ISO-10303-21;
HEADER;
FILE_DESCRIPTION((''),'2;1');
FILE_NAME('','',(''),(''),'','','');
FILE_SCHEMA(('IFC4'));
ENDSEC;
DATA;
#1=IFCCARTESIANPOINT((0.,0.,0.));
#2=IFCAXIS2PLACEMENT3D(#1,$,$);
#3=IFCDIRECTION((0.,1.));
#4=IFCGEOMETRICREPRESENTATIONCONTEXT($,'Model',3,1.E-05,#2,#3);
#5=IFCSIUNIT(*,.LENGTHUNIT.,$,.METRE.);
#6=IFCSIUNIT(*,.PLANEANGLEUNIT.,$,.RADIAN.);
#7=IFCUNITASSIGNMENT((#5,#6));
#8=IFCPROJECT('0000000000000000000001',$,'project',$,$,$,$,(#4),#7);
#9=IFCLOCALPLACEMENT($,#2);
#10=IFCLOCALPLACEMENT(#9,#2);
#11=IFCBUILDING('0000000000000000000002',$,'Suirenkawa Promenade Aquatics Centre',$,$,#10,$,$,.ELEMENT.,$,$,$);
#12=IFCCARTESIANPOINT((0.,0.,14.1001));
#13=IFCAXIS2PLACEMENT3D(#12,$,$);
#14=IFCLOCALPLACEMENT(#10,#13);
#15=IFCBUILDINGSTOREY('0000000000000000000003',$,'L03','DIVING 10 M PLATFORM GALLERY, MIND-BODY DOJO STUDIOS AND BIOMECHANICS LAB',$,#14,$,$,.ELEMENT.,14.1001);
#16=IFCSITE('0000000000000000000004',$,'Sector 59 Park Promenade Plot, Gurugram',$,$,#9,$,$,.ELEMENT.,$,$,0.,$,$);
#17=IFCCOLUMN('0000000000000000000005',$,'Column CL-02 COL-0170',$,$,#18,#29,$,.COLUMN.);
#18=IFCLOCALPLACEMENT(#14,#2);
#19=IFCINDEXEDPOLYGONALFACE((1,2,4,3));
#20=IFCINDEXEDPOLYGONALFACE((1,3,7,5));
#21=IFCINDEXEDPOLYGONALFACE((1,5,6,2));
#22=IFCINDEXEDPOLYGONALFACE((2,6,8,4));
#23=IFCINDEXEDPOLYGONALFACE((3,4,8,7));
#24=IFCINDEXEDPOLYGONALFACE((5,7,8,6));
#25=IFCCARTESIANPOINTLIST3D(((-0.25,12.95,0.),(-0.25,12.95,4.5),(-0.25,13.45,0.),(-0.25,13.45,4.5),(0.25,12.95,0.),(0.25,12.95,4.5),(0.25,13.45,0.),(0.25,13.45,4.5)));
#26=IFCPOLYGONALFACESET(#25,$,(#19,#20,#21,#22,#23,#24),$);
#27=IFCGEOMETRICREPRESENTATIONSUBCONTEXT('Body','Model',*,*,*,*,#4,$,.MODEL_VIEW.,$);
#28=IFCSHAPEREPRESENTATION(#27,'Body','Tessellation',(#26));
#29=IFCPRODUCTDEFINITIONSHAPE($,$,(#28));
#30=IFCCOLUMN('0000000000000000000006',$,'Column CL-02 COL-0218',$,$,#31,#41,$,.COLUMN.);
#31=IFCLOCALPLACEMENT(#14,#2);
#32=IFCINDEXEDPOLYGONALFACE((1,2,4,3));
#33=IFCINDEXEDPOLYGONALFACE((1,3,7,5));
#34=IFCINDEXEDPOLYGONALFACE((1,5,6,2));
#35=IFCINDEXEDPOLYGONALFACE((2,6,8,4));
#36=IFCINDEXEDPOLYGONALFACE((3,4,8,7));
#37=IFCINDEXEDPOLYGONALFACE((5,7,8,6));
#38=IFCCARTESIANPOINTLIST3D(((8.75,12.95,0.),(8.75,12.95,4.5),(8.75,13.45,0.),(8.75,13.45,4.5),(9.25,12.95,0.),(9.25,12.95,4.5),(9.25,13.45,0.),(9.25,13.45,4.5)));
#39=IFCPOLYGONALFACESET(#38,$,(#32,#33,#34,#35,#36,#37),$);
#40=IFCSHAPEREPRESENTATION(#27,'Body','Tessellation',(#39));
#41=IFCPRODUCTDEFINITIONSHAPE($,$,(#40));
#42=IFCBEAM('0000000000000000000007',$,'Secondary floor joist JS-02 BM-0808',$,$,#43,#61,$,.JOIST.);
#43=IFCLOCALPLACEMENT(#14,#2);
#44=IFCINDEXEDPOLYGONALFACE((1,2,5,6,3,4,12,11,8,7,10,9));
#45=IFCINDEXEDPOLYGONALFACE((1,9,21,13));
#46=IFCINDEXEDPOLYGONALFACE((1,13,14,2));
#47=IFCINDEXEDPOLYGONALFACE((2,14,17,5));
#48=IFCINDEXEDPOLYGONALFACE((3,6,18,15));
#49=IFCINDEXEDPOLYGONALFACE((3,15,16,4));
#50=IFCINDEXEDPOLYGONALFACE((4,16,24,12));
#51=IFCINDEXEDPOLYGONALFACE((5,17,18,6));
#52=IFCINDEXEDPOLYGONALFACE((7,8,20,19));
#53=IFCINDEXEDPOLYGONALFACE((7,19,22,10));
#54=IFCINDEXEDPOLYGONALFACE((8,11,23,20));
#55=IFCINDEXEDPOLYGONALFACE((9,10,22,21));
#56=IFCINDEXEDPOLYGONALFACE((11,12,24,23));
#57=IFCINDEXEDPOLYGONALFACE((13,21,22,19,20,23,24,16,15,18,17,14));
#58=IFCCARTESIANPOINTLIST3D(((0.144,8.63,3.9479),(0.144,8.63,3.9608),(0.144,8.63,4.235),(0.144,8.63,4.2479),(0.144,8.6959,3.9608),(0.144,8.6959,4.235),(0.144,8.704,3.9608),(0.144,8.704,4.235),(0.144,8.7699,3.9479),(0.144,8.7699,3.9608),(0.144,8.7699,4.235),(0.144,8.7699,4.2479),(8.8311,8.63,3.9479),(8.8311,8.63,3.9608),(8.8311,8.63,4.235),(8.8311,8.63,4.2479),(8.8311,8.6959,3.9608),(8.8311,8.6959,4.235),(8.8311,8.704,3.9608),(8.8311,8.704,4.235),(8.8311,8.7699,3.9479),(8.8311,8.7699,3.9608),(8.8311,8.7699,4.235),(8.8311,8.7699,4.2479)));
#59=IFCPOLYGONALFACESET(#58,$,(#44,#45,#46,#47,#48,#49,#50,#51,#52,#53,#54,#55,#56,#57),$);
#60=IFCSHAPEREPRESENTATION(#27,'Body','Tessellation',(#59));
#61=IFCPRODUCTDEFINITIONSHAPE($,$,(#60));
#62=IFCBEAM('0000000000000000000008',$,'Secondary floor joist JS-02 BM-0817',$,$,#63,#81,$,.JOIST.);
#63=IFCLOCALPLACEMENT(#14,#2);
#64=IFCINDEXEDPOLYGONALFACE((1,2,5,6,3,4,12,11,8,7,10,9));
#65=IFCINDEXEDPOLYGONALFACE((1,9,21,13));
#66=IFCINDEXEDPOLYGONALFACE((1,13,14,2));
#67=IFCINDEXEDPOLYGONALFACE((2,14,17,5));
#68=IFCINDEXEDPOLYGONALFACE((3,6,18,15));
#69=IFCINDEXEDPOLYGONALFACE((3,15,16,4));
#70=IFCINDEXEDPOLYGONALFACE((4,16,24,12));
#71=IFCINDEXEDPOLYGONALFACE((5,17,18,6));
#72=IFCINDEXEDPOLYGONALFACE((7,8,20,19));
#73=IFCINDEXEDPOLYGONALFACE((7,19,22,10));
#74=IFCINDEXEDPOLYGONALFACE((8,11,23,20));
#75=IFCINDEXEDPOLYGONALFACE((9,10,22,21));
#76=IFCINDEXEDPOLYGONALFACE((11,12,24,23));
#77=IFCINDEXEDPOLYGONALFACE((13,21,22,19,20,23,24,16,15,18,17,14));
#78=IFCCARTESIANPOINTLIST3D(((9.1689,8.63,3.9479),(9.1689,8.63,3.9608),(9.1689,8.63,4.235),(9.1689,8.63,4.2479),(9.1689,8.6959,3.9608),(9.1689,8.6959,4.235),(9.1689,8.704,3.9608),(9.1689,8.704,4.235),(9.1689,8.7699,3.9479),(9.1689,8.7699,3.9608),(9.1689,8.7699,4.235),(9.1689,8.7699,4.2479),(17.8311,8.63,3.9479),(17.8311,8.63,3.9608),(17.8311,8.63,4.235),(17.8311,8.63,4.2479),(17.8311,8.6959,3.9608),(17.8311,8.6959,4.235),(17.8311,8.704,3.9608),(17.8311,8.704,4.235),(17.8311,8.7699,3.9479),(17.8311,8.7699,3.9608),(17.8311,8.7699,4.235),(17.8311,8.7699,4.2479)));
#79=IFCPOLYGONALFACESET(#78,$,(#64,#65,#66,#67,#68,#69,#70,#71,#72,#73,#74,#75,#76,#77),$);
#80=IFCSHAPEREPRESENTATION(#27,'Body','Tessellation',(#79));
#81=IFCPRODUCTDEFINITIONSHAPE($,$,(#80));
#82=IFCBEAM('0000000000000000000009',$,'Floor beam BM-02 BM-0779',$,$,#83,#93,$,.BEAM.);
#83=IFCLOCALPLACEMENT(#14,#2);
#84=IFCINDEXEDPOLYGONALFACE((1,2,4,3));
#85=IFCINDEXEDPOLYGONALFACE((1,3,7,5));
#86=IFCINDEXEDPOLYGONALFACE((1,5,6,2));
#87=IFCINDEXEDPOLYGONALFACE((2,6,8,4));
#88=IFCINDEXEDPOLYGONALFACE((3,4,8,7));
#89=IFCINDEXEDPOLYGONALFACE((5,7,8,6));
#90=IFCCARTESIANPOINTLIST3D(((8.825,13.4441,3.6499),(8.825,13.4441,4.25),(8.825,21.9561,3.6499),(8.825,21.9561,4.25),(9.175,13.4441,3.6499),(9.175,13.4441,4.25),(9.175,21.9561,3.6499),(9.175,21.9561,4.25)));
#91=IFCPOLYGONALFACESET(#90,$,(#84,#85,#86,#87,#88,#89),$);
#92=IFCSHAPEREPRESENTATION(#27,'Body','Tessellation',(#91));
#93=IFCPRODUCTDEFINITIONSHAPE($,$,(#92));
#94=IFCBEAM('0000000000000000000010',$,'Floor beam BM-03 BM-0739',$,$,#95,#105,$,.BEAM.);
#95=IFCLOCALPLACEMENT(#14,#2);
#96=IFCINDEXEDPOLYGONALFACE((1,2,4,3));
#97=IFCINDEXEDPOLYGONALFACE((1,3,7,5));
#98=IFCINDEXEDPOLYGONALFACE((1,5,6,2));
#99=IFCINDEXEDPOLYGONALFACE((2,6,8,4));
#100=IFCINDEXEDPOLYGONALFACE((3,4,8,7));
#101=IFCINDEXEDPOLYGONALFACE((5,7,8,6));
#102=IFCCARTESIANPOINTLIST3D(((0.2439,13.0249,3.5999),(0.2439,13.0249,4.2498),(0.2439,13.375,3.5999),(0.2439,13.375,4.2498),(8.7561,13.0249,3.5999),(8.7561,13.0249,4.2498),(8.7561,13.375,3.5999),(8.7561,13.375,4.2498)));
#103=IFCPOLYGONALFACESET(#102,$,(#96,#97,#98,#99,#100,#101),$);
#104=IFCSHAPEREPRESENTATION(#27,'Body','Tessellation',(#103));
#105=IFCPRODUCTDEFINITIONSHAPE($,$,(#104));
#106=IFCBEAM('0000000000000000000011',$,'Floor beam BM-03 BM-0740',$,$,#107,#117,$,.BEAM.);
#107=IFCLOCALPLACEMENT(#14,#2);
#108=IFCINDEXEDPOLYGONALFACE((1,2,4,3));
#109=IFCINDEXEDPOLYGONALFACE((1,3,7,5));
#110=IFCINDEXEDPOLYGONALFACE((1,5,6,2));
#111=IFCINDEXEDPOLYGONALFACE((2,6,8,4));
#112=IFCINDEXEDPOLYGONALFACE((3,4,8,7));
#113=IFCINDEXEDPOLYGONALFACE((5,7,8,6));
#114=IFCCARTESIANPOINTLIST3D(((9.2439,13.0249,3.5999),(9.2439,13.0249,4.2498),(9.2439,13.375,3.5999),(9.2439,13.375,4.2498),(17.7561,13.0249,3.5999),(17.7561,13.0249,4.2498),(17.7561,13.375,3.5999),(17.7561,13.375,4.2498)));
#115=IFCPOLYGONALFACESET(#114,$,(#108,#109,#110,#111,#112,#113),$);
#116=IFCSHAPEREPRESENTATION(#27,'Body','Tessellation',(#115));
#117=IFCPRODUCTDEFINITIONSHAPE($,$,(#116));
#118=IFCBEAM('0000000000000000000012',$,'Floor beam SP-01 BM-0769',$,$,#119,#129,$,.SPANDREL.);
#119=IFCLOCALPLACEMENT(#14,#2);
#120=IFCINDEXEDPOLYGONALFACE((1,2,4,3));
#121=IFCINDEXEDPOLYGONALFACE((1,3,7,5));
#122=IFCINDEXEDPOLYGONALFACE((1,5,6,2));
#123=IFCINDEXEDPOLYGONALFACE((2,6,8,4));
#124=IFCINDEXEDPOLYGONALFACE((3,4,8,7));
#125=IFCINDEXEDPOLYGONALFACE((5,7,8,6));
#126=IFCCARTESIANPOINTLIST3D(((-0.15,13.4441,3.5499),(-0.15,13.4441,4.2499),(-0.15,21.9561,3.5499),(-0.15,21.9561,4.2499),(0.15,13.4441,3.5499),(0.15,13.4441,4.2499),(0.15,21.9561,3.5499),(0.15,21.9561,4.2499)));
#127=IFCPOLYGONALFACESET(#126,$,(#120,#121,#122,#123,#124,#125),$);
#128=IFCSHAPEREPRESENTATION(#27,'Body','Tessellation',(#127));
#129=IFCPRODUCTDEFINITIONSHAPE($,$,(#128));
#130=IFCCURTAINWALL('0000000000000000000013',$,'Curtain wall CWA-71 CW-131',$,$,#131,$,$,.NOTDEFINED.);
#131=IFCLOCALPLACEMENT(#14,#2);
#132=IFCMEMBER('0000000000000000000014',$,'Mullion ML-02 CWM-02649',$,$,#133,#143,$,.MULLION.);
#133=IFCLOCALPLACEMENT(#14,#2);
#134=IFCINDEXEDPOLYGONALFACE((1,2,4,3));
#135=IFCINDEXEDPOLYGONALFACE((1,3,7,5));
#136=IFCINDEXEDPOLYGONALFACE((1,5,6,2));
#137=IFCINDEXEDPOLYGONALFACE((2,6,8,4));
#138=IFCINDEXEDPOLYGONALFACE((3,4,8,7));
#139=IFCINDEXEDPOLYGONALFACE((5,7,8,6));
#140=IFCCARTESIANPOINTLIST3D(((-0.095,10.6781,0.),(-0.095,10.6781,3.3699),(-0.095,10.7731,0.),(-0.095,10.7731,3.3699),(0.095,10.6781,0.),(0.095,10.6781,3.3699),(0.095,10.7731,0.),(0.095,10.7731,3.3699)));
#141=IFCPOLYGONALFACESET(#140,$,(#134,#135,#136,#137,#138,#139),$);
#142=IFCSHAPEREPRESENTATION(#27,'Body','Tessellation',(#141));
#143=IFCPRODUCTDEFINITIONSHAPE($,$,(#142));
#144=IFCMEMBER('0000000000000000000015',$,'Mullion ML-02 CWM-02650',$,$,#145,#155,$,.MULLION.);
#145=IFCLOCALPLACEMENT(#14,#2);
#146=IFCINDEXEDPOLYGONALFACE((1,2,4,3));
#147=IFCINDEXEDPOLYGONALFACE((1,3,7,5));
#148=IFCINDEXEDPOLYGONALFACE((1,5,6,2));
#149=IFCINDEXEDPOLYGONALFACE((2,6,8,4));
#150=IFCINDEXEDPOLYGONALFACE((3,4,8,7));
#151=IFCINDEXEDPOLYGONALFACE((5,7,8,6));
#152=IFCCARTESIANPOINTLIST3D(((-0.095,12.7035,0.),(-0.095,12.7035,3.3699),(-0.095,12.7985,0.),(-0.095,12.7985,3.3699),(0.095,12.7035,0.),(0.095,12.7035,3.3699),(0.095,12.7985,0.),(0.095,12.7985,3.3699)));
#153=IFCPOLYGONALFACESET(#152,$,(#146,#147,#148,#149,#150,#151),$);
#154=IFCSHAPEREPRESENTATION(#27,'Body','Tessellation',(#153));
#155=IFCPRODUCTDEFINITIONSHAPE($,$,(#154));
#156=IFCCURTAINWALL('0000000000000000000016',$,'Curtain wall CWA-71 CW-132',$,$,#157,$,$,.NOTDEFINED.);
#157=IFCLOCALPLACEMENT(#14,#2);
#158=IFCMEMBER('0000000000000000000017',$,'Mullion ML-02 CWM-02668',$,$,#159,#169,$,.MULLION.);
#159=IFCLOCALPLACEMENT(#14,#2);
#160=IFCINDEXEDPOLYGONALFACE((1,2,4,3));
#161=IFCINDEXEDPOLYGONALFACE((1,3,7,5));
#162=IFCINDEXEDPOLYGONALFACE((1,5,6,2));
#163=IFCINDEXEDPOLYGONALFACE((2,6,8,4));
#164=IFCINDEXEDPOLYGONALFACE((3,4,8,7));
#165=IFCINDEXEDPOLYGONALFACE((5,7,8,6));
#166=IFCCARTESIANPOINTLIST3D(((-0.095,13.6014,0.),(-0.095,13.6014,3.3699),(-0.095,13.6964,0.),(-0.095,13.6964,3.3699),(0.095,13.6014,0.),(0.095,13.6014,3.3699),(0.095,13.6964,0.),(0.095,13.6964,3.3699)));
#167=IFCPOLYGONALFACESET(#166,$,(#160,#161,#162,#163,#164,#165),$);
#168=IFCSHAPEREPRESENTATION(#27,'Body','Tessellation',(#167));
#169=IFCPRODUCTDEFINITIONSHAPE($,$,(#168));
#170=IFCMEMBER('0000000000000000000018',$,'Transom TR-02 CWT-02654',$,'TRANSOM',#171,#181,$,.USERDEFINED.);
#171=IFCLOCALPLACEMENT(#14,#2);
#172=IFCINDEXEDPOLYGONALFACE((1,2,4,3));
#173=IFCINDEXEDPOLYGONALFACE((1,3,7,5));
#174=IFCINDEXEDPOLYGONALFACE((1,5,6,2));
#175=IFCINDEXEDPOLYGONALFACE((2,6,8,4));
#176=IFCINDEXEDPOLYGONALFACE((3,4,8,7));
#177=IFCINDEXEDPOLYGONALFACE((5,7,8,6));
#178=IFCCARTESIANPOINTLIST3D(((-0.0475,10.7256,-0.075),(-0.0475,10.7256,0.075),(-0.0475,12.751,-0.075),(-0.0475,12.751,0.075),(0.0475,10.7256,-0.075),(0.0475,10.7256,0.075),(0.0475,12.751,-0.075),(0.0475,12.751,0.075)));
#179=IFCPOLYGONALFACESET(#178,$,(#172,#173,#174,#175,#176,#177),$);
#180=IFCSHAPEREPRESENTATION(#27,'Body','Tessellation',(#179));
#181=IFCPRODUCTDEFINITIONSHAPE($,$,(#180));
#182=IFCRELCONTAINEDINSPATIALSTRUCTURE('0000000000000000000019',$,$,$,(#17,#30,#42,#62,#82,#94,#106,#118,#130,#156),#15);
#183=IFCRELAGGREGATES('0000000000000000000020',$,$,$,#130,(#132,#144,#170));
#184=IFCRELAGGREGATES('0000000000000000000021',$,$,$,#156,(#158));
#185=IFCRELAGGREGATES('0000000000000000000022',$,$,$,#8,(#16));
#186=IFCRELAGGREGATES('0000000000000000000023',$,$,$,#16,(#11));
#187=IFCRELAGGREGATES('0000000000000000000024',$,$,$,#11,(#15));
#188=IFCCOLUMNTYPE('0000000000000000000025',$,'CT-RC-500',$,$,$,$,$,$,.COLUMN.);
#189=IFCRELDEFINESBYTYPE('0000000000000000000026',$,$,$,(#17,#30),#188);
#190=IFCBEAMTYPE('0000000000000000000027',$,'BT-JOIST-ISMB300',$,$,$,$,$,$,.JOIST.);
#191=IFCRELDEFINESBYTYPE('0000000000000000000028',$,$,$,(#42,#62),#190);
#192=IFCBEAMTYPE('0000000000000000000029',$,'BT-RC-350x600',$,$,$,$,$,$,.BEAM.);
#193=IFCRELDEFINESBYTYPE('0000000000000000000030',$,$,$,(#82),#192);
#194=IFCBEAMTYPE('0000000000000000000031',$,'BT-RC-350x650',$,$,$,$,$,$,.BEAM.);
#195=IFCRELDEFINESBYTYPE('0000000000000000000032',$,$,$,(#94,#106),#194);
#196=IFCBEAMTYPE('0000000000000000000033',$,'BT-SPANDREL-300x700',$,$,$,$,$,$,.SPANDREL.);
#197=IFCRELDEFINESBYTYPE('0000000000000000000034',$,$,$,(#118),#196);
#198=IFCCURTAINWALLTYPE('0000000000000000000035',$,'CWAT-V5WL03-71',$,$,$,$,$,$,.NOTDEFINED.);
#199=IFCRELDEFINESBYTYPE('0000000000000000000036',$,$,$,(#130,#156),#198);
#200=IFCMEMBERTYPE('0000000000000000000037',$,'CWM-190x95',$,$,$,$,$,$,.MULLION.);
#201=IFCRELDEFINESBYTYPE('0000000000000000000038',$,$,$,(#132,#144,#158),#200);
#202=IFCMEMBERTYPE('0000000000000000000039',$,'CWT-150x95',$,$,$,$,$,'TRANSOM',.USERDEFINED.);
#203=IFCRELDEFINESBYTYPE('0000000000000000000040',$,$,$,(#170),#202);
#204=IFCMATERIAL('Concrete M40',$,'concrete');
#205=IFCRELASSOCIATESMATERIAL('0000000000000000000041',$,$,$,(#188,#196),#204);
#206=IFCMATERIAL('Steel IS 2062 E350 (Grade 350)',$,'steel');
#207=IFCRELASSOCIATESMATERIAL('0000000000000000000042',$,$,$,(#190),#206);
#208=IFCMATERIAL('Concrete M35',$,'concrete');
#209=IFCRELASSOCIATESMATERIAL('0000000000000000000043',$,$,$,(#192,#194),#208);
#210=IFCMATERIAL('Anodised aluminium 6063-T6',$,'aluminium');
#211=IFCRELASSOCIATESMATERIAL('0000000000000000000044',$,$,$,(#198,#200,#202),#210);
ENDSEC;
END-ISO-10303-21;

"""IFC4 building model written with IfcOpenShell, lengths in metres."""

from ifc_helpers import new_model, si_unit, direction, frame, origin, origin_2d, place, context, subcontext, project, spatial, rectangle, i_section, extrude, material, material_profile, profile_set, type_object, element, aggregate, save


model = new_model("IFC4")

# Units and contexts
model_context = context("Model", 3, precision=1e-05, world=origin(), true_north=direction((0.0, 1.0)))
body_context = subcontext(model_context, "Body", "Model", "MODEL_VIEW")
ifc_project = project(units=[si_unit("LENGTHUNIT", "METRE"), si_unit("PLANEANGLEUNIT", "RADIAN")], contexts=[model_context])

# Site, building, storey
site_placement = place(None, origin())
site = spatial("IfcSite", under=ifc_project, at=site_placement, Name="Sector 59 Park Promenade Plot, Gurugram", CompositionType="ELEMENT", RefElevation=0.0)
building_placement = place(site_placement, origin())
building = spatial("IfcBuilding", under=site, at=building_placement, Name="Suirenkawa Promenade Aquatics Centre", CompositionType="ELEMENT")
storey_placement = place(building_placement, frame((0.0, 0.0, 14.1001)))
storey = spatial("IfcBuildingStorey", under=building, at=storey_placement, Name="L03", Description="DIVING 10 M PLATFORM GALLERY, MIND-BODY DOJO STUDIOS AND BIOMECHANICS LAB", CompositionType="ELEMENT", Elevation=14.1001)

# Columns
ifc_material_1 = material(Name="Concrete M40", Category="concrete")
ifc_material_profile_1 = material_profile(ifc_material_1, rectangle(XDim=0.5, YDim=0.5, at=origin_2d()), Name="RC COL 500x500", Category="concrete")
ifc_profile_set_1 = profile_set([ifc_material_profile_1], Name="Concrete M40")
column_type = type_object("IfcColumnType", Name="CT-RC-500", PredefinedType="COLUMN", material=ifc_profile_set_1)
for number, where, z_axis, x_axis, name in (
    (1, (0.0, 13.2, 0.0), (0.0, 0.0, 1.0), (1.0, 0.0, 0.0), "Column CL-02 COL-0170"),
    (2, (9.0, 13.2, 0.0), (0.0, 0.0, 1.0), (1.0, 0.0, 0.0), "Column CL-02 COL-0218"),
):
    element("IfcColumn", number, at=place(storey_placement, frame(where, z_axis=z_axis, x_axis=x_axis)), inside=storey, type_object=column_type, Name=name, PredefinedType="COLUMN", context=body_context, shape_type="SweptSolid", body=[
        extrude(rectangle(XDim=0.5, YDim=0.5, at=origin_2d()), origin(), (0.0, 0.0, 1.0), 4.5),
    ])

# Beams
ifc_material_2 = material(Name="Steel IS 2062 E350 (Grade 350)", Category="steel")
ifc_material_profile_2 = material_profile(ifc_material_2, i_section(OverallWidth=0.1399, OverallDepth=0.3, WebThickness=0.0081, FlangeThickness=0.0129, at=origin_2d()), Name="ISMB 300", Category="steel")
ifc_profile_set_2 = profile_set([ifc_material_profile_2], Name="Steel IS 2062 E350 (Grade 350)")
beam_type_1 = type_object("IfcBeamType", Name="BT-JOIST-ISMB300", PredefinedType="JOIST", material=ifc_profile_set_2)
beam_1_placement = place(storey_placement, frame((0.144, 8.7, 4.0979), z_axis=(1.0, 0.0, 0.0), x_axis=(0.0, 1.0, 0.0)))
element("IfcBeam", 3, at=beam_1_placement, inside=storey, type_object=beam_type_1, Name="Secondary floor joist JS-02 BM-0808", PredefinedType="JOIST", context=body_context, shape_type="SweptSolid", body=[
    extrude(i_section(OverallWidth=0.1399, OverallDepth=0.3, WebThickness=0.0081, FlangeThickness=0.0129, at=origin_2d()), origin(), (0.0, 0.0, 1.0), 8.687),
])
beam_2_placement = place(storey_placement, frame((9.1689, 8.7, 4.0979), z_axis=(1.0, 0.0, 0.0), x_axis=(0.0, 1.0, 0.0)))
element("IfcBeam", 4, at=beam_2_placement, inside=storey, type_object=beam_type_1, Name="Secondary floor joist JS-02 BM-0817", PredefinedType="JOIST", context=body_context, shape_type="SweptSolid", body=[
    extrude(i_section(OverallWidth=0.1399, OverallDepth=0.3, WebThickness=0.0081, FlangeThickness=0.0129, at=origin_2d()), origin(), (0.0, 0.0, 1.0), 8.6621),
])
ifc_material_3 = material(Name="Concrete M35", Category="concrete")
ifc_material_profile_3 = material_profile(ifc_material_3, rectangle(XDim=0.3501, YDim=0.6001, at=origin_2d()), Name="RC BM 350x600", Category="concrete")
ifc_profile_set_3 = profile_set([ifc_material_profile_3], Name="Concrete M35")
beam_type_2 = type_object("IfcBeamType", Name="BT-RC-350x600", PredefinedType="BEAM", material=ifc_profile_set_3)
beam_3_placement = place(storey_placement, frame((9.0, 13.4441, 3.95), z_axis=(0.0, 1.0, 0.0), x_axis=(-1.0, 0.0, 0.0)))
element("IfcBeam", 5, at=beam_3_placement, inside=storey, type_object=beam_type_2, Name="Floor beam BM-02 BM-0779", PredefinedType="BEAM", context=body_context, shape_type="SweptSolid", body=[
    extrude(rectangle(XDim=0.3501, YDim=0.6001, at=origin_2d()), origin(), (0.0, 0.0, 1.0), 8.512),
])
ifc_material_profile_4 = material_profile(ifc_material_3, rectangle(XDim=0.3501, YDim=0.6499, at=origin_2d()), Name="RC BM 350x650", Category="concrete")
ifc_profile_set_4 = profile_set([ifc_material_profile_4], Name="Concrete M35")
beam_type_3 = type_object("IfcBeamType", Name="BT-RC-350x650", PredefinedType="BEAM", material=ifc_profile_set_4)
for number, where, z_axis, x_axis, name in (
    (6, (0.2439, 13.2, 3.9248), (1.0, 0.0, 0.0), (0.0, 1.0, 0.0), "Floor beam BM-03 BM-0739"),
    (7, (9.2439, 13.2, 3.9248), (1.0, 0.0, 0.0), (0.0, 1.0, 0.0), "Floor beam BM-03 BM-0740"),
):
    element("IfcBeam", number, at=place(storey_placement, frame(where, z_axis=z_axis, x_axis=x_axis)), inside=storey, type_object=beam_type_3, Name=name, PredefinedType="BEAM", context=body_context, shape_type="SweptSolid", body=[
        extrude(rectangle(XDim=0.3501, YDim=0.6499, at=origin_2d()), origin(), (0.0, 0.0, 1.0), 8.5122),
    ])
ifc_material_profile_5 = material_profile(ifc_material_1, rectangle(XDim=0.3, YDim=0.7, at=origin_2d()), Name="RC SPANDREL 300x700", Category="concrete")
ifc_profile_set_5 = profile_set([ifc_material_profile_5], Name="Concrete M40")
beam_type_4 = type_object("IfcBeamType", Name="BT-SPANDREL-300x700", PredefinedType="SPANDREL", material=ifc_profile_set_5)
beam_4_placement = place(storey_placement, frame((0.0, 13.4441, 3.8999), z_axis=(0.0, 1.0, 0.0), x_axis=(-1.0, 0.0, 0.0)))
element("IfcBeam", 8, at=beam_4_placement, inside=storey, type_object=beam_type_4, Name="Floor beam SP-01 BM-0769", PredefinedType="SPANDREL", context=body_context, shape_type="SweptSolid", body=[
    extrude(rectangle(XDim=0.3, YDim=0.7, at=origin_2d()), origin(), (0.0, 0.0, 1.0), 8.512),
])

# Curtain wall, members
ifc_material_4 = material(Name="Anodised aluminium 6063-T6", Category="aluminium")
curtain_wall_type = type_object("IfcCurtainWallType", Name="CWAT-V5WL03-71", PredefinedType="NOTDEFINED", material=ifc_material_4)
curtain_wall_1_placement = place(storey_placement, origin())
curtain_wall_1 = element("IfcCurtainWall", 9, at=curtain_wall_1_placement, inside=storey, type_object=curtain_wall_type, Name="Curtain wall CWA-71 CW-131", PredefinedType="NOTDEFINED")
ifc_material_profile_6 = material_profile(ifc_material_4, rectangle(XDim=0.095, YDim=0.1899, at=origin_2d()), Name="ALU MULL 95x190", Category="aluminium")
ifc_profile_set_6 = profile_set([ifc_material_profile_6], Name="Anodised aluminium 6063-T6")
member_type_1 = type_object("IfcMemberType", Name="CWM-190x95", PredefinedType="MULLION", material=ifc_profile_set_6)
member_1_placement = place(storey_placement, frame((0.0, 10.7256, 0.0), z_axis=(0.0, 0.0, 1.0), x_axis=(0.0, 1.0, 0.0)))
member_1 = element("IfcMember", 10, at=member_1_placement, type_object=member_type_1, Name="Mullion ML-02 CWM-02649", PredefinedType="MULLION", context=body_context, shape_type="SweptSolid", body=[
    extrude(rectangle(XDim=0.095, YDim=0.1899, at=origin_2d()), origin(), (0.0, 0.0, 1.0), 3.3699),
])
member_2_placement = place(storey_placement, frame((0.0, 12.751, 0.0), z_axis=(0.0, 0.0, 1.0), x_axis=(0.0, 1.0, 0.0)))
member_2 = element("IfcMember", 11, at=member_2_placement, type_object=member_type_1, Name="Mullion ML-02 CWM-02650", PredefinedType="MULLION", context=body_context, shape_type="SweptSolid", body=[
    extrude(rectangle(XDim=0.095, YDim=0.1899, at=origin_2d()), origin(), (0.0, 0.0, 1.0), 3.3699),
])

# Curtain wall, member
curtain_wall_2_placement = place(storey_placement, origin())
curtain_wall_2 = element("IfcCurtainWall", 12, at=curtain_wall_2_placement, inside=storey, type_object=curtain_wall_type, Name="Curtain wall CWA-71 CW-132", PredefinedType="NOTDEFINED")
member_3_placement = place(storey_placement, frame((0.0, 13.6489, 0.0), z_axis=(0.0, 0.0, 1.0), x_axis=(0.0, 1.0, 0.0)))
member_3 = element("IfcMember", 13, at=member_3_placement, type_object=member_type_1, Name="Mullion ML-02 CWM-02668", PredefinedType="MULLION", context=body_context, shape_type="SweptSolid", body=[
    extrude(rectangle(XDim=0.095, YDim=0.1899, at=origin_2d()), origin(), (0.0, 0.0, 1.0), 3.3699),
])

# Member
ifc_material_profile_7 = material_profile(ifc_material_4, rectangle(XDim=0.095, YDim=0.1499, at=origin_2d()), Name="ALU TRAN 95x150", Category="aluminium")
ifc_profile_set_7 = profile_set([ifc_material_profile_7], Name="Anodised aluminium 6063-T6")
member_type_2 = type_object("IfcMemberType", Name="CWT-150x95", ElementType="TRANSOM", PredefinedType="USERDEFINED", material=ifc_profile_set_7)
member_4_placement = place(storey_placement, frame((0.0, 10.7256, 0.0), z_axis=(0.0, 1.0, 0.0), x_axis=(-1.0, 0.0, 0.0)))
member_4 = element("IfcMember", 14, at=member_4_placement, type_object=member_type_2, Name="Transom TR-02 CWT-02654", ObjectType="TRANSOM", PredefinedType="USERDEFINED", context=body_context, shape_type="SweptSolid", body=[
    extrude(rectangle(XDim=0.095, YDim=0.1499, at=origin_2d()), origin(), (0.0, 0.0, 1.0), 2.0254),
])

aggregate(curtain_wall_1, [member_1, member_2, member_4])
aggregate(curtain_wall_2, [member_3])

save(model, "model.ifc")
